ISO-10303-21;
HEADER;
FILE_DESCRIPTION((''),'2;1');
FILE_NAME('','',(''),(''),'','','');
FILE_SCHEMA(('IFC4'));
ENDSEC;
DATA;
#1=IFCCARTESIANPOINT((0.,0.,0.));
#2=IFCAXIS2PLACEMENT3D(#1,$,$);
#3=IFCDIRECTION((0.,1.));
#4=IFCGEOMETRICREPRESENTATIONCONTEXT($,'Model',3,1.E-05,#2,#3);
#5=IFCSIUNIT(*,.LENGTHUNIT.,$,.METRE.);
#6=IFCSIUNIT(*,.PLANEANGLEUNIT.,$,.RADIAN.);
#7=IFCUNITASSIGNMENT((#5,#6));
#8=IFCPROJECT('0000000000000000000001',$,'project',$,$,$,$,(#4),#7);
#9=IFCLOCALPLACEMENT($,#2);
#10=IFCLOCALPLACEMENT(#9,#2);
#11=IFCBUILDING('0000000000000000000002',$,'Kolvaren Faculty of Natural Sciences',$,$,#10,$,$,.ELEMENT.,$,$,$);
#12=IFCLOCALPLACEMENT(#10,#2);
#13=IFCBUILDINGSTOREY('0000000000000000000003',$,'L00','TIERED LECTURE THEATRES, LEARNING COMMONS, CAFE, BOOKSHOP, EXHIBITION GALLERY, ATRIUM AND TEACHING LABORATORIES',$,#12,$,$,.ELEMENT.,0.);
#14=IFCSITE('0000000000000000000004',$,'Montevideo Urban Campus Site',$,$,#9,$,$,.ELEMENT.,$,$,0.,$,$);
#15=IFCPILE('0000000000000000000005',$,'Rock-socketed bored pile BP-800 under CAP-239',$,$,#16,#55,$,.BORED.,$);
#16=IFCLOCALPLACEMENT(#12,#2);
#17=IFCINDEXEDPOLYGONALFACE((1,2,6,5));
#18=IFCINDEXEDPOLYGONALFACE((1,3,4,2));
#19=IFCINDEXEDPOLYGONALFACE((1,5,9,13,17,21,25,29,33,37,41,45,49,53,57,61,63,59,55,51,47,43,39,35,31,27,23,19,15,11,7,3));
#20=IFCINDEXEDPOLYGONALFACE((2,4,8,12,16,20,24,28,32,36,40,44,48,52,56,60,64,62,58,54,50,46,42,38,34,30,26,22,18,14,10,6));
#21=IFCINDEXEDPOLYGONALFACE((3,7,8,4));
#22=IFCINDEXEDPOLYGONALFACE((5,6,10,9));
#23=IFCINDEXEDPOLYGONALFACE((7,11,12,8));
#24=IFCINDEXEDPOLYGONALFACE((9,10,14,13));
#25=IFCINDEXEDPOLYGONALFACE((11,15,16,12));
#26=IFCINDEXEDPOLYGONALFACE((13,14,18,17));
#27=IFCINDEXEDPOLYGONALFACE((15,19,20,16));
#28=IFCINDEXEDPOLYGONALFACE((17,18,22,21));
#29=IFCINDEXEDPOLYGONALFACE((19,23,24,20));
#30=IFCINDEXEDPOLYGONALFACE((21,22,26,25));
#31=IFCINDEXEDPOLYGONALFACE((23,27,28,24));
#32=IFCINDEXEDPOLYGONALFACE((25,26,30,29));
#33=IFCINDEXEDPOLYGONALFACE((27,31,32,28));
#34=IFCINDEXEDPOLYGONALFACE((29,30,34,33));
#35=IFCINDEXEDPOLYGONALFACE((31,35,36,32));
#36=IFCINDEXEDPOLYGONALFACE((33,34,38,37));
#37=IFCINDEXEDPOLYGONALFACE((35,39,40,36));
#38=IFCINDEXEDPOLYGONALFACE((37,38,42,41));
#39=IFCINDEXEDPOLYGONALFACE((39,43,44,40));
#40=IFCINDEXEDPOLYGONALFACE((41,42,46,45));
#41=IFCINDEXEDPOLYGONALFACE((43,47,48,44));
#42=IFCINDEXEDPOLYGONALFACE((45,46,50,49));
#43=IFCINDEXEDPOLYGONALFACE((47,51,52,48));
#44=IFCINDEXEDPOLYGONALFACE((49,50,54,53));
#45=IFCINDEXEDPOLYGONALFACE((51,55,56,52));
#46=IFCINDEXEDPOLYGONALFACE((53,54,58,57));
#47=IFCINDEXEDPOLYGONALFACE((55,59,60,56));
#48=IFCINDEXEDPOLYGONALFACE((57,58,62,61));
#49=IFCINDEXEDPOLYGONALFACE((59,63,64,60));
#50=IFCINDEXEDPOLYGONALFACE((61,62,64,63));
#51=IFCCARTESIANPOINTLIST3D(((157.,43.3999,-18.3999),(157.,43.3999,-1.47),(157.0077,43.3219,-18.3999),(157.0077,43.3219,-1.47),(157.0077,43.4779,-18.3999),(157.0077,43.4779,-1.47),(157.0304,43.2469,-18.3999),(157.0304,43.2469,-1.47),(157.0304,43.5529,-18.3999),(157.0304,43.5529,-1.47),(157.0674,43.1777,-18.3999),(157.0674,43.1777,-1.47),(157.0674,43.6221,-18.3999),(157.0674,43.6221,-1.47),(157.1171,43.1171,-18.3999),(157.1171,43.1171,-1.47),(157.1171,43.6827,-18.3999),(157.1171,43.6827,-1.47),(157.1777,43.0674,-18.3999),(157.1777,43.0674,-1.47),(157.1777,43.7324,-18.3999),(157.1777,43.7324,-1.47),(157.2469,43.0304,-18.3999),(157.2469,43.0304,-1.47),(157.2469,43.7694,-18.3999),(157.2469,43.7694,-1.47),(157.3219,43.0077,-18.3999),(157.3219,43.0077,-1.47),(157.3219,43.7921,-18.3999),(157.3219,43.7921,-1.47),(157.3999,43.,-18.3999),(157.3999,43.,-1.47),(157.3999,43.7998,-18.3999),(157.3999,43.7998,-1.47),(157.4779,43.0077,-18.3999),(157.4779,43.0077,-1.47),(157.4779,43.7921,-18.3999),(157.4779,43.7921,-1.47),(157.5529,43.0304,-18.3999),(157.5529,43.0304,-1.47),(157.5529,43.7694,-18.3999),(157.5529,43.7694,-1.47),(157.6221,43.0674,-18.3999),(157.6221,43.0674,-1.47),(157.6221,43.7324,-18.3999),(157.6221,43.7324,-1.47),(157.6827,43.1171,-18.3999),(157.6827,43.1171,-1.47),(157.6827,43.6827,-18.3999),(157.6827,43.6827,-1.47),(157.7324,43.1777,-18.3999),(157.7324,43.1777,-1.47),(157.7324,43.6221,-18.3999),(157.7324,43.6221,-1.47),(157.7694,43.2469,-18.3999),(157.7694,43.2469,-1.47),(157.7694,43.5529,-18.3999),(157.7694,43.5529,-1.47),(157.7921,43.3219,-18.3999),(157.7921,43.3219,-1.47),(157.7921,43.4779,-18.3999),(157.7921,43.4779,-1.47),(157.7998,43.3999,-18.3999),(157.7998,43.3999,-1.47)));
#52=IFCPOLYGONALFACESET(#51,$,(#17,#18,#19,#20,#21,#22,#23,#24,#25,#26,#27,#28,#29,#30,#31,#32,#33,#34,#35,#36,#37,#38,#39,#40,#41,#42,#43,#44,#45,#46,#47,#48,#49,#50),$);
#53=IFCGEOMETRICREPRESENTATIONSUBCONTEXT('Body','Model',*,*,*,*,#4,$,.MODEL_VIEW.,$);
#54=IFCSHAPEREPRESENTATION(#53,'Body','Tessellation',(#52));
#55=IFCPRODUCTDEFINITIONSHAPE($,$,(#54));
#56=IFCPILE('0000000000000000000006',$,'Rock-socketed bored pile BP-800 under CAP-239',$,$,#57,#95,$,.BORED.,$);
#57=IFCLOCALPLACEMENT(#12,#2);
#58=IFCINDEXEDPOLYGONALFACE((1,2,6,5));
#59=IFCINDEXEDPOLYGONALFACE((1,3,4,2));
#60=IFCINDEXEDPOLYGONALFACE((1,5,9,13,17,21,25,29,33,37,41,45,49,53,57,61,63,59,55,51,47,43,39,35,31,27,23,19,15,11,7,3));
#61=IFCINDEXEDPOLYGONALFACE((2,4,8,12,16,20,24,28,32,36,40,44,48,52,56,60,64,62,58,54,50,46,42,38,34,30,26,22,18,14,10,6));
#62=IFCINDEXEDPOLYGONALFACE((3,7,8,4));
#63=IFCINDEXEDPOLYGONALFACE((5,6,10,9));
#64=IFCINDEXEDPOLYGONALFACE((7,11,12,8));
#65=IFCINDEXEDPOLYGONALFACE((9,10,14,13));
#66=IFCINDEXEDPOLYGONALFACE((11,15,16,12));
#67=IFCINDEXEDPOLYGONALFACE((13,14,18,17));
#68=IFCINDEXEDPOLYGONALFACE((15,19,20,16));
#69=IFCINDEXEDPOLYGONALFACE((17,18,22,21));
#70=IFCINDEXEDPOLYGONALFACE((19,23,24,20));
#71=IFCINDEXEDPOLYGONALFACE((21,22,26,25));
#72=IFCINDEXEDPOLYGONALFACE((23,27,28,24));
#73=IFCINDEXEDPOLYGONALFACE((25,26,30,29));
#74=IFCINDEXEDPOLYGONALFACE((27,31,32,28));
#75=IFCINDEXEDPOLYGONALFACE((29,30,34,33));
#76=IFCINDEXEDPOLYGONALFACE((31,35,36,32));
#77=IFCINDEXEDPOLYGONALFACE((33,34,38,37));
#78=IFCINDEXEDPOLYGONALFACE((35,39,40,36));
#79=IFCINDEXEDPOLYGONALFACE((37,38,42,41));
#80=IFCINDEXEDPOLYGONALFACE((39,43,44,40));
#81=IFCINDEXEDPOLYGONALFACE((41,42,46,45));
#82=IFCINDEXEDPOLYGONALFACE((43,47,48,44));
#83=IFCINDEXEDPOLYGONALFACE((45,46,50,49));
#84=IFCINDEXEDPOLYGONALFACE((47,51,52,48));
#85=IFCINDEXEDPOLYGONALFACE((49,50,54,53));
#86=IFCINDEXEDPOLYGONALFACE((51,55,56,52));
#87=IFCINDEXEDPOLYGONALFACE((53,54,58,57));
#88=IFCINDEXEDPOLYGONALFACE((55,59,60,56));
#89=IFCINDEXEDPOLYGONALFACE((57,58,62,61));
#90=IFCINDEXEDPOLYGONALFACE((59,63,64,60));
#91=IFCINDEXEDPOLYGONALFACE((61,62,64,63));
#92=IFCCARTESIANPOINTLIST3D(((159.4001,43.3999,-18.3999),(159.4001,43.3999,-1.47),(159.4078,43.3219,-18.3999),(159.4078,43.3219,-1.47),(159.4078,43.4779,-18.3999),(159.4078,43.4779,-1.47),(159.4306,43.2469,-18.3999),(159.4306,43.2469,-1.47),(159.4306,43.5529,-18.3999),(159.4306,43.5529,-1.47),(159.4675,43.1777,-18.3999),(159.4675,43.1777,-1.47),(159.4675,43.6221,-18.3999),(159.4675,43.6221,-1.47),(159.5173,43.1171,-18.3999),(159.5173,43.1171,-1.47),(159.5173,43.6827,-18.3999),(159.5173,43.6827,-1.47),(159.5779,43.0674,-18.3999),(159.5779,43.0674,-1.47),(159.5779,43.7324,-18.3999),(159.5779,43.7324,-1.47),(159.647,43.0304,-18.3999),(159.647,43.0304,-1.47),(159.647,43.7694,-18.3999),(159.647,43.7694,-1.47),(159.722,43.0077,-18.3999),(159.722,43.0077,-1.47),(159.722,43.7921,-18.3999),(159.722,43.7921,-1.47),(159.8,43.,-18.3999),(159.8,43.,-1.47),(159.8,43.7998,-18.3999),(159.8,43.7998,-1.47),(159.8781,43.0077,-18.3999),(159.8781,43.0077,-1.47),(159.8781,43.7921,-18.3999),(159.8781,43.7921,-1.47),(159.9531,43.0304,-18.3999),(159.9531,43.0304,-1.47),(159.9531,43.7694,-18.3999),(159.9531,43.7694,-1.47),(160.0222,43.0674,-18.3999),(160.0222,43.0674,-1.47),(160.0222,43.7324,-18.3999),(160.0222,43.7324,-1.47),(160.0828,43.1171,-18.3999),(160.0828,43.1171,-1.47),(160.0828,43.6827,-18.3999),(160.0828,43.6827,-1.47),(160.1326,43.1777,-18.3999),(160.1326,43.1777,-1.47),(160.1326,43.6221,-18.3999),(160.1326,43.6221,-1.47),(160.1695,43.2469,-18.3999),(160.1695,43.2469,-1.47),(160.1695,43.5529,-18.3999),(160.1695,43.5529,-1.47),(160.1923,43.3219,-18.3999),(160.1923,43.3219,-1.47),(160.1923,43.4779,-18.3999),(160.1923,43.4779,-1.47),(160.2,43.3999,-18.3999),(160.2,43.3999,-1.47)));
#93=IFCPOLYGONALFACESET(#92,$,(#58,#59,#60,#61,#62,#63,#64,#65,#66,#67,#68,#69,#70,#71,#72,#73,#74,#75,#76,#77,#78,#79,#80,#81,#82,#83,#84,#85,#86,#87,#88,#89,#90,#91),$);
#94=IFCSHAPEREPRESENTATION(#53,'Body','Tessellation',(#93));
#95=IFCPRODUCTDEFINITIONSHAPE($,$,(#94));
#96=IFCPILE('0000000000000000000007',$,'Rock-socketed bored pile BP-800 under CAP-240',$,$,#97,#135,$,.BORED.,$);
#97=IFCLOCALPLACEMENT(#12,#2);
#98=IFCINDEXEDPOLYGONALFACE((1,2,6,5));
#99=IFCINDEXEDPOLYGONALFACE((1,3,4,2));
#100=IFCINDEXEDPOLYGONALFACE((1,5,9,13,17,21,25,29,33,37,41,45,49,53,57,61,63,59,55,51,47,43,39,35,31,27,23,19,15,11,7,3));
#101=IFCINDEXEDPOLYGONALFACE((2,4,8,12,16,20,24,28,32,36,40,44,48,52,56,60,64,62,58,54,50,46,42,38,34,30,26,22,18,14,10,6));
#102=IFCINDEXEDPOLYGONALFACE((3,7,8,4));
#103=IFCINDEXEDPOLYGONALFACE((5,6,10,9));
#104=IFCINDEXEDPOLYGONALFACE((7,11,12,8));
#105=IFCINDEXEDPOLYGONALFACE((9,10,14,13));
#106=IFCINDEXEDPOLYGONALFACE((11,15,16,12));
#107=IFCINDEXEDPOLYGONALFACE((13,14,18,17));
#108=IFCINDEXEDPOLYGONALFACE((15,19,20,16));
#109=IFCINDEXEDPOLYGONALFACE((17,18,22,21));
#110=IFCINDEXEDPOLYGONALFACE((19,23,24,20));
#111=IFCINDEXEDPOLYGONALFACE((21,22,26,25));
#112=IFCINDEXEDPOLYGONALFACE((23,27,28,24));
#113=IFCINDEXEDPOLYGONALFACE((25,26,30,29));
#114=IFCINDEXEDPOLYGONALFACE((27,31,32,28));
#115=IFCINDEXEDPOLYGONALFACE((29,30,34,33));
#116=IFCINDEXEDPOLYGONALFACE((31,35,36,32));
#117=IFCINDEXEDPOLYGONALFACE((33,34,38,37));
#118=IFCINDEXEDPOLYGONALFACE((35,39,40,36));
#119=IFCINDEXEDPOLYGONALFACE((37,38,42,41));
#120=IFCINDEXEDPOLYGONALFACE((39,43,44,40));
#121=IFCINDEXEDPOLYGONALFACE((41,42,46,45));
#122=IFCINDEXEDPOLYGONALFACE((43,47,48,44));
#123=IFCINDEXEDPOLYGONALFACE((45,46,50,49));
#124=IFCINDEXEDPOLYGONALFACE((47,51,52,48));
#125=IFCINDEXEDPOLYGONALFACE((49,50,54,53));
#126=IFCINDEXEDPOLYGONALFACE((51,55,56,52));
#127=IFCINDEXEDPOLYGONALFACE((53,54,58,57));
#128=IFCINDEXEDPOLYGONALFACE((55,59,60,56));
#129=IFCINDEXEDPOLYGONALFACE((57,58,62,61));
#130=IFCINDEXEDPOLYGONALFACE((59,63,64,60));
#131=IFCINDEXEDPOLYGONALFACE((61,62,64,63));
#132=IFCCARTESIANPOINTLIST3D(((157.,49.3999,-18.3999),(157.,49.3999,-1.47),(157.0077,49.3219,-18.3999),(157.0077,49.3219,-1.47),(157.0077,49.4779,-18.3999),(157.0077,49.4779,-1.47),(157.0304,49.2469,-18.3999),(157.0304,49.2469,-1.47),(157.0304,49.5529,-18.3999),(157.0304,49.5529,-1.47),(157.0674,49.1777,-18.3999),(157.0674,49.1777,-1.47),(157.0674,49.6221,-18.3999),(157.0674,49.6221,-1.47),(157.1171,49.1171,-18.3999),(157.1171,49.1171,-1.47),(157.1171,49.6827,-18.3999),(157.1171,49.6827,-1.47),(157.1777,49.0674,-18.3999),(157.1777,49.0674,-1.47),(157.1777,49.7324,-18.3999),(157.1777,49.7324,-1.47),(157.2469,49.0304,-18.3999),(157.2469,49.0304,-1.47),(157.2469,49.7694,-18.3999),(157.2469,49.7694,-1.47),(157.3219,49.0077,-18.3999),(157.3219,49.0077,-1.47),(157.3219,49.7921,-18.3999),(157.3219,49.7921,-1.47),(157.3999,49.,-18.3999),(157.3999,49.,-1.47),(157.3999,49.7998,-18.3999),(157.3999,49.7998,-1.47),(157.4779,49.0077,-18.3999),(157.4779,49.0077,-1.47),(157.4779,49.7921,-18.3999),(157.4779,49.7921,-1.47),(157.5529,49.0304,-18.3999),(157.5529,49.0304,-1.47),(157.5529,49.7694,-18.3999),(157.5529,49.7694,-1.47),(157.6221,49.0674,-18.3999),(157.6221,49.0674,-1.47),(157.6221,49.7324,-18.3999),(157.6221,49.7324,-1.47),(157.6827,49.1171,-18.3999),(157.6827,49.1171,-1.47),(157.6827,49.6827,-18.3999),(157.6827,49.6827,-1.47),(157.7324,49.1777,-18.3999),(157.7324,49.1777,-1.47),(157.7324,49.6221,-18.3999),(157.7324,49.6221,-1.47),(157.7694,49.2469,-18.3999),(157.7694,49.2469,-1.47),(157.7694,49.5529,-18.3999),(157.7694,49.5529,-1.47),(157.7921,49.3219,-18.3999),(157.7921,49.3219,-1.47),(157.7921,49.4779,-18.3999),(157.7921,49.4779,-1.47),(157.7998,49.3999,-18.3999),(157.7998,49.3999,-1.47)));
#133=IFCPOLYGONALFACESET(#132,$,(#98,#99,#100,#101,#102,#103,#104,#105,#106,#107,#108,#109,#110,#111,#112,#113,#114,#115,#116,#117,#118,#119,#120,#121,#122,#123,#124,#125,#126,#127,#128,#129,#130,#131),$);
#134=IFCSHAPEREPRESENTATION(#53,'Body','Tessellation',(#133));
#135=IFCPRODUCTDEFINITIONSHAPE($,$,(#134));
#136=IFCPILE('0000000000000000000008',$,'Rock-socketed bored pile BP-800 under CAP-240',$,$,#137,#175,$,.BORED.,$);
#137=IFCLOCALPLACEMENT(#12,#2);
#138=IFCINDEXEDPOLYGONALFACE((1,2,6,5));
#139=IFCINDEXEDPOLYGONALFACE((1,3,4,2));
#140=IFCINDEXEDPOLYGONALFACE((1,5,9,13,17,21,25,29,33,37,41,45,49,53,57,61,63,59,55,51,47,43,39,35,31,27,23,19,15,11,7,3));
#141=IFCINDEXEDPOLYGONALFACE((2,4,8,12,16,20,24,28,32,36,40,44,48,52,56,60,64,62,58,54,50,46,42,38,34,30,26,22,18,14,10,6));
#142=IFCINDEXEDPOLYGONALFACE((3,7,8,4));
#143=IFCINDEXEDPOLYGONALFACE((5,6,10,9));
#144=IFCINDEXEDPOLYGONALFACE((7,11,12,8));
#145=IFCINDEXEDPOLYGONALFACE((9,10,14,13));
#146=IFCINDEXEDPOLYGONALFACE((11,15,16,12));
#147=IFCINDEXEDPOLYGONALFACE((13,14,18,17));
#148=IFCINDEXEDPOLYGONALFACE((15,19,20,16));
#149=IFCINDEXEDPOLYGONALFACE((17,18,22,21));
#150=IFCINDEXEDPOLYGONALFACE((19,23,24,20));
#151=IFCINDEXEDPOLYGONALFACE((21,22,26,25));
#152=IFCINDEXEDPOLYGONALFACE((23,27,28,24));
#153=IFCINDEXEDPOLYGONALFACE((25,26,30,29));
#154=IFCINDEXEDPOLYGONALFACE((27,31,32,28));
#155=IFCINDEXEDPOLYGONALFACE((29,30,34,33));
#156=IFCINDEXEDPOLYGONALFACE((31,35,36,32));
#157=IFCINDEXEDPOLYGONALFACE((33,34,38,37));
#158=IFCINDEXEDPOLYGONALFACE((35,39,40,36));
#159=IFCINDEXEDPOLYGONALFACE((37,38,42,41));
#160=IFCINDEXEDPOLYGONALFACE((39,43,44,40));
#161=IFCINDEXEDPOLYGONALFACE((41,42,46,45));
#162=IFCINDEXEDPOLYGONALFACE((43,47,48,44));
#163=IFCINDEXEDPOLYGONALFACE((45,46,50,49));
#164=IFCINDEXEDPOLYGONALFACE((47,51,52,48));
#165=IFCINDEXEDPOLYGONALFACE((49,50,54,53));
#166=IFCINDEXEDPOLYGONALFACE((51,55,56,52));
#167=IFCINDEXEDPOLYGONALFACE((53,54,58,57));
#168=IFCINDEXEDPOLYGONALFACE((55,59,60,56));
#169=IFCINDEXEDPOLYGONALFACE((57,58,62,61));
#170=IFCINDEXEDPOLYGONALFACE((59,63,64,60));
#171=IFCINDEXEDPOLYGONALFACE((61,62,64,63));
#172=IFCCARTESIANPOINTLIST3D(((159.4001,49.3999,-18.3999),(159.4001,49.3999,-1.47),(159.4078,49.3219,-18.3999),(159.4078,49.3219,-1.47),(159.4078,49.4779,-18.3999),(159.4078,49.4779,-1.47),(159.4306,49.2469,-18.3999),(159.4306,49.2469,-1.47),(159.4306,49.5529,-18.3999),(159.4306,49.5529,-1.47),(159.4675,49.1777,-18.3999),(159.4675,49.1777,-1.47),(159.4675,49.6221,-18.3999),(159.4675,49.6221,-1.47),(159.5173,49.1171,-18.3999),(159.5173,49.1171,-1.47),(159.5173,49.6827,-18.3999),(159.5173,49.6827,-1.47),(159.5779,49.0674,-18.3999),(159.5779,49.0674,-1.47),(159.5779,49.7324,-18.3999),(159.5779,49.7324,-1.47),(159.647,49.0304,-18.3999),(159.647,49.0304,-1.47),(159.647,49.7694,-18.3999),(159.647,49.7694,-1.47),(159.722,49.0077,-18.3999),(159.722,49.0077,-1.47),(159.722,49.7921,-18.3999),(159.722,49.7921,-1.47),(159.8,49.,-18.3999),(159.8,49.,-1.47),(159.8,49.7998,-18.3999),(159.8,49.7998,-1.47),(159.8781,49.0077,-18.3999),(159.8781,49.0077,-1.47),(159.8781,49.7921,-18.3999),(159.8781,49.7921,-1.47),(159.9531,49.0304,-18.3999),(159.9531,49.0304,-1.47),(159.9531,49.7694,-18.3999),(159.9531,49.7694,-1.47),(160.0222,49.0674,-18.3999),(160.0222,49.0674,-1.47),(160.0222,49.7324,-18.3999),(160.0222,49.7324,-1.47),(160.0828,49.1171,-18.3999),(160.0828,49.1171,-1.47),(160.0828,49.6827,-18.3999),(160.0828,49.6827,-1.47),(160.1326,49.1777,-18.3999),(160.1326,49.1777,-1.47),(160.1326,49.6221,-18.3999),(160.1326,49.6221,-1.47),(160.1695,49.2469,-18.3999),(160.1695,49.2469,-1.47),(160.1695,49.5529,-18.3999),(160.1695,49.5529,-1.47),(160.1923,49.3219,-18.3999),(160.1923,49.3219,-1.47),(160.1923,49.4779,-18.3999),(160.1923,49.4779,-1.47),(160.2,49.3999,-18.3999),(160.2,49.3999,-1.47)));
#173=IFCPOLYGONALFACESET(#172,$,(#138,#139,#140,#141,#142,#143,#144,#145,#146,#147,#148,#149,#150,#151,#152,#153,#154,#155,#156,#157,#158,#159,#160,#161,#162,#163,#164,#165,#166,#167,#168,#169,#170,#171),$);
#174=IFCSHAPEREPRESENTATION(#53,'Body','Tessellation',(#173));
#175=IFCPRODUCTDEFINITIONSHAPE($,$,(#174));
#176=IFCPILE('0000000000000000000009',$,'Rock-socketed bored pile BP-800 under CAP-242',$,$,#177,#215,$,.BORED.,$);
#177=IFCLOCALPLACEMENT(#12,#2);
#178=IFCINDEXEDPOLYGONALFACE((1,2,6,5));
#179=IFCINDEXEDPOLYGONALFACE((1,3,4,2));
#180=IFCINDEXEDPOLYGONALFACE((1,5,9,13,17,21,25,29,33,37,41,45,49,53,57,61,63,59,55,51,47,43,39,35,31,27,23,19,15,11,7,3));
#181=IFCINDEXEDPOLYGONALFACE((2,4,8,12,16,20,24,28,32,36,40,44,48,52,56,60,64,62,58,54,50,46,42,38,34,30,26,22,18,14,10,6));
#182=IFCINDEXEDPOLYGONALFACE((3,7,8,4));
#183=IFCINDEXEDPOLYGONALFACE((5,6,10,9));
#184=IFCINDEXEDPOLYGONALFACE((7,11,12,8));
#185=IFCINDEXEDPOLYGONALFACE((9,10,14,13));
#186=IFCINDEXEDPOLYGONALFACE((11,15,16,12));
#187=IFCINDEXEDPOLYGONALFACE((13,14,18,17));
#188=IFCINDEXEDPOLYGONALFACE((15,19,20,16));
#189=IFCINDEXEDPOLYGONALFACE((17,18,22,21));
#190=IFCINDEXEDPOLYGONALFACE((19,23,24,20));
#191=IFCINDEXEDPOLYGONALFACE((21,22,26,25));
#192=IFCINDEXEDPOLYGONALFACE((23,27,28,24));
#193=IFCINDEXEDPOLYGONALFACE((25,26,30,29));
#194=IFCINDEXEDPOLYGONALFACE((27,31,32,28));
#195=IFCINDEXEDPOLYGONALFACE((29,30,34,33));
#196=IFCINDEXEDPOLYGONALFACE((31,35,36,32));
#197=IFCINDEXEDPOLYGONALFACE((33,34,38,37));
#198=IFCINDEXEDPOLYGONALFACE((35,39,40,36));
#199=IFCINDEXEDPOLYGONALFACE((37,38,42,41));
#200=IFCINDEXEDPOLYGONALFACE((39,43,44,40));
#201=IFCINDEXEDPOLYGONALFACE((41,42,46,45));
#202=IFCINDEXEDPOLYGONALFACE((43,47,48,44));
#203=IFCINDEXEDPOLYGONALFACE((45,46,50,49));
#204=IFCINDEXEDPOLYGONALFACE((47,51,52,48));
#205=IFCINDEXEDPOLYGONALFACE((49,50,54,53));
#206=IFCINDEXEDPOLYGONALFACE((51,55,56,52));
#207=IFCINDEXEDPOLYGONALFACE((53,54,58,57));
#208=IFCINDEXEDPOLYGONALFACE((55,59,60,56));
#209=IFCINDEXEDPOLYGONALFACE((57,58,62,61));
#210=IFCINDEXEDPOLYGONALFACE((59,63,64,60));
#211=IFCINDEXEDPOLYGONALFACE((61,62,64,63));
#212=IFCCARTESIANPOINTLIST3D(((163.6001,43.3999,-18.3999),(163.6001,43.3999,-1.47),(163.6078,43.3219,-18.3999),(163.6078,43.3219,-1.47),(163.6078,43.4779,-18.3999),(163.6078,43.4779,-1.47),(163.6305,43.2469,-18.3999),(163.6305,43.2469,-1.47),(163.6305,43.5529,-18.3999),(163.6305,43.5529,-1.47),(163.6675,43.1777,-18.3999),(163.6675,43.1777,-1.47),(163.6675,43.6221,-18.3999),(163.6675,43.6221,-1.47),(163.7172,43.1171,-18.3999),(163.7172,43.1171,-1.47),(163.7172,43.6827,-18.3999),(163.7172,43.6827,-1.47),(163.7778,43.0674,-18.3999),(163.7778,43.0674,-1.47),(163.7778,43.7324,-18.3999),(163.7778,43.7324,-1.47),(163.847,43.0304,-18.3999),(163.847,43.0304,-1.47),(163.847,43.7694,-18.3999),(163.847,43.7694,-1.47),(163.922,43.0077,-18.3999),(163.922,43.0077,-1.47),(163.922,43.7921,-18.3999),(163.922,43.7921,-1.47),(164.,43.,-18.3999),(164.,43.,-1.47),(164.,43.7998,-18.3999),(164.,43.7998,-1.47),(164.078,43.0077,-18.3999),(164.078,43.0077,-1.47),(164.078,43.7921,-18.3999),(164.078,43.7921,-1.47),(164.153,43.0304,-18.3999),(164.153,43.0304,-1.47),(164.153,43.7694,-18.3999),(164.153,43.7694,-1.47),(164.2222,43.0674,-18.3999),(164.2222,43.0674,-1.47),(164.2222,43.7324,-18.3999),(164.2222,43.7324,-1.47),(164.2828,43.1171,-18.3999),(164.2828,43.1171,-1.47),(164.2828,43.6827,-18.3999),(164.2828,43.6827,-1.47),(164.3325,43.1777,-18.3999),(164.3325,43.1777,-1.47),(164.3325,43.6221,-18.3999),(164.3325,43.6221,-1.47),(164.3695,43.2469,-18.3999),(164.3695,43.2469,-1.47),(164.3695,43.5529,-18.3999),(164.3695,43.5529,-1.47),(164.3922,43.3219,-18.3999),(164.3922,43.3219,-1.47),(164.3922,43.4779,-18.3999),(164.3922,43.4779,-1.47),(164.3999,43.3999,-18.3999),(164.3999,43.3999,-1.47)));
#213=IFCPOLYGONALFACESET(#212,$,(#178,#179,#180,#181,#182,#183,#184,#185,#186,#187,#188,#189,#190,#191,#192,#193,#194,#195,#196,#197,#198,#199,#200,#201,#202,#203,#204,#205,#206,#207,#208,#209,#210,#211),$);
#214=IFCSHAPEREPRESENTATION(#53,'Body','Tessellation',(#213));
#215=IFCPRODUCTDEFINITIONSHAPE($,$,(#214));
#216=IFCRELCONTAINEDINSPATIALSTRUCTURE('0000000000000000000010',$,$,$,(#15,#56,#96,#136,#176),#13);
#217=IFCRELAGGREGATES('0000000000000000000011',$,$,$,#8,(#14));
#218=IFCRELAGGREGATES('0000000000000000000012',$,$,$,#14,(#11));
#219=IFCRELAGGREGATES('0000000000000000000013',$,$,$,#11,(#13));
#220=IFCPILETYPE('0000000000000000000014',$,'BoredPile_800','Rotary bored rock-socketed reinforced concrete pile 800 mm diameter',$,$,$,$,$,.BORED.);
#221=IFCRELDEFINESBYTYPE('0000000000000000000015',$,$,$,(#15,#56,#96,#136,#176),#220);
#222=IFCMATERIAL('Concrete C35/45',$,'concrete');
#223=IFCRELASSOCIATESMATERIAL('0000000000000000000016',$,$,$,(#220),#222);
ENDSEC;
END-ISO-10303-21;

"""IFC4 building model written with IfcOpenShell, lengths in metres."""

from ifc_helpers import new_model, si_unit, direction, frame, origin, origin_2d, place, context, subcontext, project, spatial, circle, extrude, material, material_profile, profile_set, type_object, element, save


model = new_model("IFC4")

# Units and contexts
model_context = context("Model", 3, precision=1e-05, world=origin(), true_north=direction((0.0, 1.0)))
body_context = subcontext(model_context, "Body", "Model", "MODEL_VIEW")
ifc_project = project(units=[si_unit("LENGTHUNIT", "METRE"), si_unit("PLANEANGLEUNIT", "RADIAN")], contexts=[model_context])

# Site, building, storey
site_placement = place(None, origin())
site = spatial("IfcSite", under=ifc_project, at=site_placement, Name="Montevideo Urban Campus Site", CompositionType="ELEMENT", RefElevation=0.0)
building_placement = place(site_placement, origin())
building = spatial("IfcBuilding", under=site, at=building_placement, Name="Kolvaren Faculty of Natural Sciences", CompositionType="ELEMENT")
storey_placement = place(building_placement, origin())
storey = spatial("IfcBuildingStorey", under=building, at=storey_placement, Name="L00", Description="TIERED LECTURE THEATRES, LEARNING COMMONS, CAFE, BOOKSHOP, EXHIBITION GALLERY, ATRIUM AND TEACHING LABORATORIES", CompositionType="ELEMENT", Elevation=0.0)

# Piles
ifc_material_1 = material(Name="Concrete C35/45", Category="concrete")
ifc_material_profile_1 = material_profile(ifc_material_1, circle(Radius=0.3999, at=origin_2d()), Name="PILE D800")
ifc_profile_set_1 = profile_set([ifc_material_profile_1], Name="Concrete C35/45")
pile_type = type_object("IfcPileType", Name="BoredPile_800", Description="Rotary bored rock-socketed reinforced concrete pile 800 mm diameter", PredefinedType="BORED", material=ifc_profile_set_1)
for number, where, z_axis, x_axis, name in (
    (1, (157.3999, 43.3999, -1.47), (0.0, 0.0, -1.0), (1.0, 0.0, 0.0), "Rock-socketed bored pile BP-800 under CAP-239"),
    (2, (159.8, 43.3999, -1.47), (0.0, 0.0, -1.0), (1.0, 0.0, 0.0), "Rock-socketed bored pile BP-800 under CAP-239"),
    (3, (157.3999, 49.3999, -1.47), (0.0, 0.0, -1.0), (1.0, 0.0, 0.0), "Rock-socketed bored pile BP-800 under CAP-240"),
    (4, (159.8, 49.3999, -1.47), (0.0, 0.0, -1.0), (1.0, 0.0, 0.0), "Rock-socketed bored pile BP-800 under CAP-240"),
    (5, (164.0, 43.3999, -1.47), (0.0, 0.0, -1.0), (1.0, 0.0, 0.0), "Rock-socketed bored pile BP-800 under CAP-242"),
):
    element("IfcPile", number, at=place(storey_placement, frame(where, z_axis=z_axis, x_axis=x_axis)), inside=storey, type_object=pile_type, Name=name, PredefinedType="BORED", context=body_context, shape_type="SweptSolid", body=[
        extrude(circle(Radius=0.3999, at=origin_2d()), origin(), (0.0, 0.0, 1.0), 16.9299),
    ])

save(model, "model.ifc")
